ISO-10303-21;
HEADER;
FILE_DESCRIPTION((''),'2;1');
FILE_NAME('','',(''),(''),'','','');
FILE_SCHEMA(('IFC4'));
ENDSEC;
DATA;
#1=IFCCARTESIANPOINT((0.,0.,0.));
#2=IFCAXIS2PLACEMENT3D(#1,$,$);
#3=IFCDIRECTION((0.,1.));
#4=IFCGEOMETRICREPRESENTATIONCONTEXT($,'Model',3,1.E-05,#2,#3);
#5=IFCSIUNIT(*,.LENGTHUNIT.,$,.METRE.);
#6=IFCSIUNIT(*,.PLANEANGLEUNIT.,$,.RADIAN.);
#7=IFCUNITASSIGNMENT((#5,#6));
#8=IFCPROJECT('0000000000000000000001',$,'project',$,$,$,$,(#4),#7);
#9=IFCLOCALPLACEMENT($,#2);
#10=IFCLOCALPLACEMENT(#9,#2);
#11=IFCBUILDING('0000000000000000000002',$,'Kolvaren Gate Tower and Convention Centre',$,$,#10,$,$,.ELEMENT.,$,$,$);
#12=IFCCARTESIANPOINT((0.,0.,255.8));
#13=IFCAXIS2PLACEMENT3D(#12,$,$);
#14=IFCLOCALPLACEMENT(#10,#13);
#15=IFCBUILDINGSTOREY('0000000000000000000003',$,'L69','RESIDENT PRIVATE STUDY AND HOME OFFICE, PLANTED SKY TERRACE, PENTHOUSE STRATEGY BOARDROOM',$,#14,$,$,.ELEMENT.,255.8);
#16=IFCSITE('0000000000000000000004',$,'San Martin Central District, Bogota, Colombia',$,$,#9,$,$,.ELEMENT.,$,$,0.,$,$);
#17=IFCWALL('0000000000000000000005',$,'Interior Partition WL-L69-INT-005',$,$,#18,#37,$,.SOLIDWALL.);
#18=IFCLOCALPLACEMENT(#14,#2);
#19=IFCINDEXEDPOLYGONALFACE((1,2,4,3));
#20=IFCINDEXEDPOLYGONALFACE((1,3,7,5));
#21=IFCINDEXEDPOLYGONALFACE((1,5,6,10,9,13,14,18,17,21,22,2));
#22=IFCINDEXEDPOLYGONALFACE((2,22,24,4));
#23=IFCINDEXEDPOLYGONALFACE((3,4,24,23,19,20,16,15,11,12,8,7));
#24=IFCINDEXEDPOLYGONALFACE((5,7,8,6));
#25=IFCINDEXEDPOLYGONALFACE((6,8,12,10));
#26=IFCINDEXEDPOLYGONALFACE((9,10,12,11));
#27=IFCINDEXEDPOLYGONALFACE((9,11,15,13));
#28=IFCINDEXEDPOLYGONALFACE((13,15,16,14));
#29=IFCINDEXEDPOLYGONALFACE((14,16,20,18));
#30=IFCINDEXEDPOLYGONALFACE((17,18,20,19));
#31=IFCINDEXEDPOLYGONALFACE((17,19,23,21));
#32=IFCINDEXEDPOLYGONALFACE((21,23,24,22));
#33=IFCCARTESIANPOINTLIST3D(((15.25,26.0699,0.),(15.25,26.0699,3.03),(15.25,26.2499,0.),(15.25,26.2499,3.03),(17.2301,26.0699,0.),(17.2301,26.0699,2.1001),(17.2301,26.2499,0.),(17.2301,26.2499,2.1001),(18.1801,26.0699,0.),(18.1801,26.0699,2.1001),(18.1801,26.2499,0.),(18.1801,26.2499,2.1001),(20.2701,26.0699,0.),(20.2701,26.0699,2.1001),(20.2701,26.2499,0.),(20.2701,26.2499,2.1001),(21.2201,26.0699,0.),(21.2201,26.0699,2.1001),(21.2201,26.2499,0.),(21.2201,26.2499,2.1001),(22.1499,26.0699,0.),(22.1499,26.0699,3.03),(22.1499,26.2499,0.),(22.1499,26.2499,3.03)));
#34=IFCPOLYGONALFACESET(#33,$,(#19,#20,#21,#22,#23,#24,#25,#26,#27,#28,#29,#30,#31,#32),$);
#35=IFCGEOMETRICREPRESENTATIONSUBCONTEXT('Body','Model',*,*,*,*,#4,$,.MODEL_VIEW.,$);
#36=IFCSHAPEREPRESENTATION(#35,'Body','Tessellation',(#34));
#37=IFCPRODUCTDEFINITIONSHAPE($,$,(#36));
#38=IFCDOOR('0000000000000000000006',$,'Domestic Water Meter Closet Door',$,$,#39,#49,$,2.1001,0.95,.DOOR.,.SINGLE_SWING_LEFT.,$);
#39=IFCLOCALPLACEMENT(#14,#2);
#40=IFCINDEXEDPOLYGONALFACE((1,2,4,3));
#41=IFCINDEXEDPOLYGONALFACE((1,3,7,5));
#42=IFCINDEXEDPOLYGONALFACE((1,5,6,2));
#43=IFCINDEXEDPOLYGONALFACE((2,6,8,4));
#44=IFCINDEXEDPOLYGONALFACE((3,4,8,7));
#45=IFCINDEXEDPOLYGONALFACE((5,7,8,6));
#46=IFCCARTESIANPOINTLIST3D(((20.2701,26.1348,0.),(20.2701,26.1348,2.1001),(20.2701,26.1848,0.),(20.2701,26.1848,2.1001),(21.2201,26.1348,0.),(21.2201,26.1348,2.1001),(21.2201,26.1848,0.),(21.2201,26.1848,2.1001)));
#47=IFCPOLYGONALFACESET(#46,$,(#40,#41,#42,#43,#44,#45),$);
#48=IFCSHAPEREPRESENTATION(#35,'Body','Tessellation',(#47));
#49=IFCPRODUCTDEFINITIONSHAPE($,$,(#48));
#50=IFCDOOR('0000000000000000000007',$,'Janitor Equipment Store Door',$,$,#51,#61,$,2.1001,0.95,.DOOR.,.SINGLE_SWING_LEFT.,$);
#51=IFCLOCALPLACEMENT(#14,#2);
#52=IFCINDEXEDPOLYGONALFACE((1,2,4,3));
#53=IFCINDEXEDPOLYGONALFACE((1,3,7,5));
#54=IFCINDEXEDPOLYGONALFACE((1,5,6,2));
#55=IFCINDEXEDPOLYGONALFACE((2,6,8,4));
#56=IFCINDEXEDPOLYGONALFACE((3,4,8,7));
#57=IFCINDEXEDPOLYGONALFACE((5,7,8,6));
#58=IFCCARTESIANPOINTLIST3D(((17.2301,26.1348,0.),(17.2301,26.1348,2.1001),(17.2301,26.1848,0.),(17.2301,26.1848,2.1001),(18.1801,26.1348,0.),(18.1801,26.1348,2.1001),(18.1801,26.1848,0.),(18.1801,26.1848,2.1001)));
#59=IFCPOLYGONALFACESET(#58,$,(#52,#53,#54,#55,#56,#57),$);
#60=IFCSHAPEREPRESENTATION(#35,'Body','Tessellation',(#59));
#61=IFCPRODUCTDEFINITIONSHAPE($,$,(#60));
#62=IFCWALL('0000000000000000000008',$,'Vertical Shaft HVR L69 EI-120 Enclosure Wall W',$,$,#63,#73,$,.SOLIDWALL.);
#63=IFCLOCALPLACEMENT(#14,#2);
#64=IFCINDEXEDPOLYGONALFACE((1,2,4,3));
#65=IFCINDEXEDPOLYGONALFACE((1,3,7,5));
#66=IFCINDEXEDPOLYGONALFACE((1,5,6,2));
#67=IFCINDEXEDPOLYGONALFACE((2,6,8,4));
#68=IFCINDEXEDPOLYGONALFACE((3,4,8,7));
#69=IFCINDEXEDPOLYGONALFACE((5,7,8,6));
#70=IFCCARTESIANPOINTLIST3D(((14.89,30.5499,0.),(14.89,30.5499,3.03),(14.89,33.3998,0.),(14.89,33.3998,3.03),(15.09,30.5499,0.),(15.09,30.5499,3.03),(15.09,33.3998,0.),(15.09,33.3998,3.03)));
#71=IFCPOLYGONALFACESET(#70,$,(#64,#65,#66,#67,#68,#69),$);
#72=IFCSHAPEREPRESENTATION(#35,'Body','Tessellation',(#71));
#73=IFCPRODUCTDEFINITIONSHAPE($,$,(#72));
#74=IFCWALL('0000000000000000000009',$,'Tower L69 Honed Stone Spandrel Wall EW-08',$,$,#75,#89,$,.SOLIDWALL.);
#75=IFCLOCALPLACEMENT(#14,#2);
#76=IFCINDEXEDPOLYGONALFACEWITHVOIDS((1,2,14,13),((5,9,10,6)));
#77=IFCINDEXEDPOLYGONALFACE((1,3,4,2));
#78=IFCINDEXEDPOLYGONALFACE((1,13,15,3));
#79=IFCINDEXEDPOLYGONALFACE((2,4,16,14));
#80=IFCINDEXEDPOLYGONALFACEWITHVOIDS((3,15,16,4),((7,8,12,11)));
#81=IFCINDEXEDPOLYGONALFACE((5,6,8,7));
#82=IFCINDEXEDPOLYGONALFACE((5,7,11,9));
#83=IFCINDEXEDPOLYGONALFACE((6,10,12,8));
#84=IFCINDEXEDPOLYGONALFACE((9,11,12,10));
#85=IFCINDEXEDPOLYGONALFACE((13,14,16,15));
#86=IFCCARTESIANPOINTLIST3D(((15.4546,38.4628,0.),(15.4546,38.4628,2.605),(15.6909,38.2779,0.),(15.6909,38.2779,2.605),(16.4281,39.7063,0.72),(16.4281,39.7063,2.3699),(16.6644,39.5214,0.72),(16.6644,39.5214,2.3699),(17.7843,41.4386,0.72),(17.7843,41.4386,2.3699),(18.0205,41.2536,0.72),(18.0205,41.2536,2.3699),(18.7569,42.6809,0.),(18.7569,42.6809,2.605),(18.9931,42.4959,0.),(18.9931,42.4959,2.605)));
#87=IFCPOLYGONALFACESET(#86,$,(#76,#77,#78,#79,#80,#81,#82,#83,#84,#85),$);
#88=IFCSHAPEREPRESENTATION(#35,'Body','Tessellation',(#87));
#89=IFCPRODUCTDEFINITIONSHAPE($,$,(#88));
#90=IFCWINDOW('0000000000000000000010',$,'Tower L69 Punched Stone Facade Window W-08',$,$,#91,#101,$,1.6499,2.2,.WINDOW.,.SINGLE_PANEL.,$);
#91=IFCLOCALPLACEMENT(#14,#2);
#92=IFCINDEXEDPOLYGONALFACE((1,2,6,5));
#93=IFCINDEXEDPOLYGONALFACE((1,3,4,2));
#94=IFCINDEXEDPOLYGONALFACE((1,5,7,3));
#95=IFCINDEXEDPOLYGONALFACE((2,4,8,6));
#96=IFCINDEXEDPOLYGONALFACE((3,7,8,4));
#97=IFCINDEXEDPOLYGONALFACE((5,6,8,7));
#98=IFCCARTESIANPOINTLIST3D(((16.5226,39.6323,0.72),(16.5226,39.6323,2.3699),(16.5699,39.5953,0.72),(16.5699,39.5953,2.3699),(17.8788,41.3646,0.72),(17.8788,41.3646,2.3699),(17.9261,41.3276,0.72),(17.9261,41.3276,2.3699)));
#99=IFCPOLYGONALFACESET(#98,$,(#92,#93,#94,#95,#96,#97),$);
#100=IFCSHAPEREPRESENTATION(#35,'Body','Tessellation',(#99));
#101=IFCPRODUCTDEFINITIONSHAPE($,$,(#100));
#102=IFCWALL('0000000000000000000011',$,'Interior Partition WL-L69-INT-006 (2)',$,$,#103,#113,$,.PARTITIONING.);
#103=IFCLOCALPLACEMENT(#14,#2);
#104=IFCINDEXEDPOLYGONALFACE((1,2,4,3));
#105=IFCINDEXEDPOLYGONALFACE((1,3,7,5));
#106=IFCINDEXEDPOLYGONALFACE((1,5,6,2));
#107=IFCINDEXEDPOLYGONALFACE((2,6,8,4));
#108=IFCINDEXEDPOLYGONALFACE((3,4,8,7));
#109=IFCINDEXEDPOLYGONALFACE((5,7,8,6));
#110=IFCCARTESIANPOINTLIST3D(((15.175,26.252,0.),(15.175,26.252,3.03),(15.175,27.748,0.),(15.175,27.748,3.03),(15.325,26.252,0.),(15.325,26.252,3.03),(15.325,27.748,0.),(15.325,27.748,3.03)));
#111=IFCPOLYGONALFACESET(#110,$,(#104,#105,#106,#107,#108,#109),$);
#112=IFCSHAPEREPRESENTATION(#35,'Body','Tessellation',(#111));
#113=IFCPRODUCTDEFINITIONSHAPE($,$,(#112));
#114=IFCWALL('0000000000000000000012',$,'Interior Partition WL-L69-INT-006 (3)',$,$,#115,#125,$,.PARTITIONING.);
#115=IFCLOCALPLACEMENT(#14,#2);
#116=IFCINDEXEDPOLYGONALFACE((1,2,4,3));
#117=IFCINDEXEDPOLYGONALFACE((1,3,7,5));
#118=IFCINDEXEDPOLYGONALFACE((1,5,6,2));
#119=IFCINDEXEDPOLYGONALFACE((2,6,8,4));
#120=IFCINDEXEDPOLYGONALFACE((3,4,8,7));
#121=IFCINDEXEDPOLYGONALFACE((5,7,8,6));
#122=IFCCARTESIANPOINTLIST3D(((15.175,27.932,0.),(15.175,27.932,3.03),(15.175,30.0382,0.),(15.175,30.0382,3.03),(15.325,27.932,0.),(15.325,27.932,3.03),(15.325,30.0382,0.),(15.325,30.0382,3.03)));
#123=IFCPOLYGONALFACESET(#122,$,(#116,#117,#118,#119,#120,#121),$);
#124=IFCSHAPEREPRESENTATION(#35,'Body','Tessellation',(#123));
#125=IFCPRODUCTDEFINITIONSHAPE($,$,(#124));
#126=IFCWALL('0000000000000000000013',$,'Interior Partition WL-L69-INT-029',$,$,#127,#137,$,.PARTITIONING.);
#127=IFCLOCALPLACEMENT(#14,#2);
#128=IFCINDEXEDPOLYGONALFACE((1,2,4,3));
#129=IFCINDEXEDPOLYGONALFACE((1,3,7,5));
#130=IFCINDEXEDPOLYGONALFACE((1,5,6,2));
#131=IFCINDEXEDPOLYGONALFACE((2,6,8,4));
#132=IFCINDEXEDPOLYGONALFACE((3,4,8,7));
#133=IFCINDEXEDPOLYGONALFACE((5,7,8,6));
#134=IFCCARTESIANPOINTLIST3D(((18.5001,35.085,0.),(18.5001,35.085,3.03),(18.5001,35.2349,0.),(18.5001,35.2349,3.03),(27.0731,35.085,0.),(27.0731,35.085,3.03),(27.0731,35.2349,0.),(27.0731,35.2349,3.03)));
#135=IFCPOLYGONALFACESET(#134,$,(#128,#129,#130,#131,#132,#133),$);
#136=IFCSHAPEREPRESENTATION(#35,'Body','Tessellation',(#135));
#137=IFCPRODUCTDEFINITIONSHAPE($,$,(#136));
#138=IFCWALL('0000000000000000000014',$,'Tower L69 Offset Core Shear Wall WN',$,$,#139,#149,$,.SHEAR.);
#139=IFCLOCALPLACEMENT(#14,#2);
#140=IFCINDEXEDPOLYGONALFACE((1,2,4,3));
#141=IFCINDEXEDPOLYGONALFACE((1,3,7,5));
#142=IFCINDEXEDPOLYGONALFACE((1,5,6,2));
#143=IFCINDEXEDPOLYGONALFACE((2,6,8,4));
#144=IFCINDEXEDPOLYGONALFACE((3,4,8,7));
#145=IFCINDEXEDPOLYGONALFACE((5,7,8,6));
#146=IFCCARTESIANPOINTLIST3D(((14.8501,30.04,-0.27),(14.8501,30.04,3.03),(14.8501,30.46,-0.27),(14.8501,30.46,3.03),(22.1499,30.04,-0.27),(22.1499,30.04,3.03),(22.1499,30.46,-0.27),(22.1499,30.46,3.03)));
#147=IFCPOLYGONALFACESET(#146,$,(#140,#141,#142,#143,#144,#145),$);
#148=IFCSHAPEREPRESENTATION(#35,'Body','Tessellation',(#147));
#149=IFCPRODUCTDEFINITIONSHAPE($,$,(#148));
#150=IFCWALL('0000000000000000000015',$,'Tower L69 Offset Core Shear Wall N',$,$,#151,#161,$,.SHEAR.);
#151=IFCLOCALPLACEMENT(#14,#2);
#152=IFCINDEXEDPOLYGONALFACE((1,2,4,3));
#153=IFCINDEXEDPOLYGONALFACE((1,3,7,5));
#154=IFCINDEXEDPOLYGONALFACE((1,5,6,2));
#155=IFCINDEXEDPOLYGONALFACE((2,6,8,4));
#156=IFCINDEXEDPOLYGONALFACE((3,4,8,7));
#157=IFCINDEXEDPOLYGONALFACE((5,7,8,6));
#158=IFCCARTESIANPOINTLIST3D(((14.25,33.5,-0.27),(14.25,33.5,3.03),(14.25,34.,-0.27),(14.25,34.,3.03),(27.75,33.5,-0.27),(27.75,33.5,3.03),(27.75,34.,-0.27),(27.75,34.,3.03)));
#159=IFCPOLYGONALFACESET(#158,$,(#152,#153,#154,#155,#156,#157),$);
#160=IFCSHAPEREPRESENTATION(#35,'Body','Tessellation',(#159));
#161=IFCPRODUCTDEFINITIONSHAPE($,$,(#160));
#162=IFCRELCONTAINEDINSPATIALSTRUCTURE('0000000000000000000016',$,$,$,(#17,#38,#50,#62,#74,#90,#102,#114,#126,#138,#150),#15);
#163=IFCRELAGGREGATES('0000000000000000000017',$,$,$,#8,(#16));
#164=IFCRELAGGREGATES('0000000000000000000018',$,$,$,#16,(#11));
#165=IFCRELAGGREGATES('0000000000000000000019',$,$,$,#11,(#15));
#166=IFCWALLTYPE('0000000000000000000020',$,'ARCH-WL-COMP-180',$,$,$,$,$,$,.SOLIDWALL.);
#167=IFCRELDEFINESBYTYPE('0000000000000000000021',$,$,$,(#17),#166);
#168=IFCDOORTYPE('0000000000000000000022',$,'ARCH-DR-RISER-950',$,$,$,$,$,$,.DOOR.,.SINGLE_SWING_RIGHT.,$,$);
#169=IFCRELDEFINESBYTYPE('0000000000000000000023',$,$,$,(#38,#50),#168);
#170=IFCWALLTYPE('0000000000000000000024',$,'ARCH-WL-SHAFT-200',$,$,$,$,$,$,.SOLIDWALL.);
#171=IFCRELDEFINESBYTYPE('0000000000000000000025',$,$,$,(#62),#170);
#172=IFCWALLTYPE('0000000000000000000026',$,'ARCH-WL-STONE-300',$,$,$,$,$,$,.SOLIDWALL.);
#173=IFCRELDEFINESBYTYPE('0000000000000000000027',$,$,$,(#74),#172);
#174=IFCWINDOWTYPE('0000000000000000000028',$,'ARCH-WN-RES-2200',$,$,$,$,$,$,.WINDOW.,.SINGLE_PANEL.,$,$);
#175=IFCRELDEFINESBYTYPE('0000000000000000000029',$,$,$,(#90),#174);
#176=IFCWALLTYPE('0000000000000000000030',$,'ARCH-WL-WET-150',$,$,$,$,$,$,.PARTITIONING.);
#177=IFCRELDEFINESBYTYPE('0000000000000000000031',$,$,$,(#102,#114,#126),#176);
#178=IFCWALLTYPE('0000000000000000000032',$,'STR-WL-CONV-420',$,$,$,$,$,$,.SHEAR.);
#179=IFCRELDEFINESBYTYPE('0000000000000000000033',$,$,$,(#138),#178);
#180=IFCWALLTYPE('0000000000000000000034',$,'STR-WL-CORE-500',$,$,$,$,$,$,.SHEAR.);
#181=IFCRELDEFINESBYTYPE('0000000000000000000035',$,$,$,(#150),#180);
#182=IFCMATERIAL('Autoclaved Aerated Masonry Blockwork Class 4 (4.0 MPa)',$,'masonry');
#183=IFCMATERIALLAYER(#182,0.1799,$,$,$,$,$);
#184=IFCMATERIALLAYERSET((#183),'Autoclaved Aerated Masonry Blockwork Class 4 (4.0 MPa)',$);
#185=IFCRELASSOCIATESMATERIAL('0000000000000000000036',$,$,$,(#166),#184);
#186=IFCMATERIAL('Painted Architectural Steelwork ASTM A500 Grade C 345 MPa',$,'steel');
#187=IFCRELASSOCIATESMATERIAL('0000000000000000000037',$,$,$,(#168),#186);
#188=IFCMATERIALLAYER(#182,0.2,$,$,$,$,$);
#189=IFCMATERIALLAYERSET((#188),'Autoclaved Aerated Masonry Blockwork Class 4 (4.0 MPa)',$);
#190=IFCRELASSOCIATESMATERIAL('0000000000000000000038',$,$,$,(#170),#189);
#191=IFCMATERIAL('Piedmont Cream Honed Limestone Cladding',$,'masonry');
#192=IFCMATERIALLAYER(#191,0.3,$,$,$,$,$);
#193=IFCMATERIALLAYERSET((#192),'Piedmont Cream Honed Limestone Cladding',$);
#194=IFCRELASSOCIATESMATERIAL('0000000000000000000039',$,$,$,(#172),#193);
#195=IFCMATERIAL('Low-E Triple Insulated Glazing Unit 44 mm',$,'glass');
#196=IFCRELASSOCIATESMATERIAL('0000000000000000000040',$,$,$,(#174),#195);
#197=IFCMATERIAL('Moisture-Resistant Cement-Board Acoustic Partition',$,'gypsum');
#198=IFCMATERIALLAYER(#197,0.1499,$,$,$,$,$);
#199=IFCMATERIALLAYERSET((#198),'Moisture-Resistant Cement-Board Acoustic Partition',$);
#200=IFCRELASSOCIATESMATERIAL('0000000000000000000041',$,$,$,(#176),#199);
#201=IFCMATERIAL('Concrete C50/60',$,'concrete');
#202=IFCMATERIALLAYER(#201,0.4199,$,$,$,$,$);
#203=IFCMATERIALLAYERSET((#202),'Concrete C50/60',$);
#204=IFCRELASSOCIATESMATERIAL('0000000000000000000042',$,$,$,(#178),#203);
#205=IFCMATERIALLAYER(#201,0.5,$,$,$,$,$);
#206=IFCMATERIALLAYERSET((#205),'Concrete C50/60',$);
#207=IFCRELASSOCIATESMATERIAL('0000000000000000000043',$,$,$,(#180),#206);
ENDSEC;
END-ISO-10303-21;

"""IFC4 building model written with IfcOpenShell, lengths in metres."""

from ifc_helpers import new_model, si_unit, direction, frame, frame_2d, origin, place, context, subcontext, project, spatial, rectangle, extrude, material, layer, layer_set, type_object, element, fill, save


model = new_model("IFC4")

# Units and contexts
model_context = context("Model", 3, precision=1e-05, world=origin(), true_north=direction((0.0, 1.0)))
body_context = subcontext(model_context, "Body", "Model", "MODEL_VIEW")
ifc_project = project(units=[si_unit("LENGTHUNIT", "METRE"), si_unit("PLANEANGLEUNIT", "RADIAN")], contexts=[model_context])

# Site, building, storey
site_placement = place(None, origin())
site = spatial("IfcSite", under=ifc_project, at=site_placement, Name="San Martin Central District, Bogota, Colombia", CompositionType="ELEMENT", RefElevation=0.0)
building_placement = place(site_placement, origin())
building = spatial("IfcBuilding", under=site, at=building_placement, Name="Kolvaren Gate Tower and Convention Centre", CompositionType="ELEMENT")
storey_placement = place(building_placement, frame((0.0, 0.0, 255.8)))
storey = spatial("IfcBuildingStorey", under=building, at=storey_placement, Name="L69", Description="RESIDENT PRIVATE STUDY AND HOME OFFICE, PLANTED SKY TERRACE, PENTHOUSE STRATEGY BOARDROOM", CompositionType="ELEMENT", Elevation=255.8)

# Wall, openings, doors
ifc_material_1 = material(Name="Autoclaved Aerated Masonry Blockwork Class 4 (4.0 MPa)", Category="masonry")
ifc_layer_1 = layer(ifc_material_1, 0.1799)
ifc_layer_set_1 = layer_set([ifc_layer_1], Name="Autoclaved Aerated Masonry Blockwork Class 4 (4.0 MPa)")
wall_type_1 = type_object("IfcWallType", Name="ARCH-WL-COMP-180", PredefinedType="SOLIDWALL", material=ifc_layer_set_1)
ifc_material_2 = material(Name="Painted Architectural Steelwork ASTM A500 Grade C 345 MPa", Category="steel")
door_type = type_object("IfcDoorType", Name="ARCH-DR-RISER-950", OperationType="SINGLE_SWING_RIGHT", PredefinedType="DOOR", material=ifc_material_2)
wall_1_placement = place(storey_placement, frame((15.25, 26.1599, 0.0), z_axis=(0.0, 0.0, 1.0), x_axis=(1.0, 0.0, 0.0)))
wall_1 = element("IfcWall", 1, at=wall_1_placement, inside=storey, type_object=wall_type_1, Name="Interior Partition WL-L69-INT-005", PredefinedType="SOLIDWALL", context=body_context, shape_type="SweptSolid", body=[
    extrude(rectangle(XDim=6.8999, YDim=0.1799, at=frame_2d((3.45, 0.0))), origin(), (0.0, 0.0, 1.0), 3.03),
])
opening_1_placement = place(wall_1_placement, frame((5.02, 0.0, 0.0)))
opening_1 = element("IfcOpeningElement", 2, at=opening_1_placement, cuts=wall_1, PredefinedType="OPENING", context=body_context, shape_type="SweptSolid", body=[
    extrude(rectangle(XDim=0.95, YDim=2.1001, at=frame_2d((0.4751, 1.05))), frame((0.0, 0.0999, 0.0), z_axis=(0.0, -1.0, 0.0), x_axis=(1.0, 0.0, 0.0)), (0.0, 0.0, 1.0), 0.2),
])
opening_2_placement = place(wall_1_placement, frame((1.98, 0.0, 0.0)))
opening_2 = element("IfcOpeningElement", 3, at=opening_2_placement, cuts=wall_1, PredefinedType="OPENING", context=body_context, shape_type="SweptSolid", body=[
    extrude(rectangle(XDim=0.95, YDim=2.1001, at=frame_2d((0.4751, 1.05))), frame((0.0, 0.0999, 0.0), z_axis=(0.0, -1.0, 0.0), x_axis=(1.0, 0.0, 0.0)), (0.0, 0.0, 1.0), 0.2),
])
door_1_placement = place(opening_1_placement, origin())
door_1 = element("IfcDoor", 4, at=door_1_placement, inside=storey, type_object=door_type, Name="Domestic Water Meter Closet Door", OperationType="SINGLE_SWING_LEFT", OverallHeight=2.1001, OverallWidth=0.95, PredefinedType="DOOR", context=body_context, shape_type="SweptSolid", body=[
    extrude(rectangle(XDim=0.95, YDim=2.1001, at=frame_2d((0.4751, 1.05))), frame((0.0, 0.0249, 0.0), z_axis=(0.0, -1.0, 0.0), x_axis=(1.0, 0.0, 0.0)), (0.0, 0.0, 1.0), 0.05),
])
fill(opening_1, door_1)
door_2_placement = place(opening_2_placement, origin())
door_2 = element("IfcDoor", 5, at=door_2_placement, inside=storey, type_object=door_type, Name="Janitor Equipment Store Door", OperationType="SINGLE_SWING_LEFT", OverallHeight=2.1001, OverallWidth=0.95, PredefinedType="DOOR", context=body_context, shape_type="SweptSolid", body=[
    extrude(rectangle(XDim=0.95, YDim=2.1001, at=frame_2d((0.4751, 1.05))), frame((0.0, 0.0249, 0.0), z_axis=(0.0, -1.0, 0.0), x_axis=(1.0, 0.0, 0.0)), (0.0, 0.0, 1.0), 0.05),
])
fill(opening_2, door_2)

# Wall
ifc_layer_2 = layer(ifc_material_1, 0.2)
ifc_layer_set_2 = layer_set([ifc_layer_2], Name="Autoclaved Aerated Masonry Blockwork Class 4 (4.0 MPa)")
wall_type_2 = type_object("IfcWallType", Name="ARCH-WL-SHAFT-200", PredefinedType="SOLIDWALL", material=ifc_layer_set_2)
wall_2_placement = place(storey_placement, frame((14.99, 30.55, 0.0), z_axis=(0.0, 0.0, 1.0), x_axis=(0.0, 1.0, 0.0)))
element("IfcWall", 6, at=wall_2_placement, inside=storey, type_object=wall_type_2, Name="Vertical Shaft HVR L69 EI-120 Enclosure Wall W", PredefinedType="SOLIDWALL", context=body_context, shape_type="SweptSolid", body=[
    extrude(rectangle(XDim=2.8499, YDim=0.2, at=frame_2d((1.4248, 0.0))), origin(), (0.0, 0.0, 1.0), 3.03),
])

# Wall, opening, window
ifc_material_3 = material(Name="Piedmont Cream Honed Limestone Cladding", Category="masonry")
ifc_layer_3 = layer(ifc_material_3, 0.3)
ifc_layer_set_3 = layer_set([ifc_layer_3], Name="Piedmont Cream Honed Limestone Cladding")
wall_type_3 = type_object("IfcWallType", Name="ARCH-WL-STONE-300", PredefinedType="SOLIDWALL", material=ifc_layer_set_3)
wall_3_placement = place(storey_placement, frame((15.5728, 38.3704, 0.0), z_axis=(0.0, 0.0, 1.0), x_axis=(0.616446, 0.787397, 0.0)))
wall_3 = element("IfcWall", 7, at=wall_3_placement, inside=storey, type_object=wall_type_3, Name="Tower L69 Honed Stone Spandrel Wall EW-08", PredefinedType="SOLIDWALL", context=body_context, shape_type="SweptSolid", body=[
    extrude(rectangle(XDim=5.3569, YDim=0.3, at=frame_2d((2.6785, 0.0))), origin(), (0.0, 0.0, 1.0), 2.605),
])
opening_3_placement = place(wall_3_placement, frame((1.5791, 0.0, 0.72)))
opening_3 = element("IfcOpeningElement", 8, at=opening_3_placement, cuts=wall_3, PredefinedType="OPENING", context=body_context, shape_type="SweptSolid", body=[
    extrude(rectangle(XDim=2.2, YDim=1.6499, at=frame_2d((1.1001, 0.825))), frame((0.0, 0.1599, 0.0), z_axis=(0.0, -1.0, 0.0), x_axis=(1.0, 0.0, 0.0)), (0.0, 0.0, 1.0), 0.3201),
])
ifc_material_4 = material(Name="Low-E Triple Insulated Glazing Unit 44 mm", Category="glass")
window_type = type_object("IfcWindowType", Name="ARCH-WN-RES-2200", PartitioningType="SINGLE_PANEL", PredefinedType="WINDOW", material=ifc_material_4)
window_placement = place(opening_3_placement, origin())
window = element("IfcWindow", 9, at=window_placement, inside=storey, type_object=window_type, Name="Tower L69 Punched Stone Facade Window W-08", OverallHeight=1.6499, OverallWidth=2.2, PartitioningType="SINGLE_PANEL", PredefinedType="WINDOW", context=body_context, shape_type="SweptSolid", body=[
    extrude(rectangle(XDim=2.2, YDim=1.6499, at=frame_2d((1.1001, 0.825))), frame((0.0, 0.03, 0.0), z_axis=(0.0, -1.0, 0.0), x_axis=(1.0, 0.0, 0.0)), (0.0, 0.0, 1.0), 0.0601),
])
fill(opening_3, window)

# Walls
ifc_material_5 = material(Name="Moisture-Resistant Cement-Board Acoustic Partition", Category="gypsum")
ifc_layer_4 = layer(ifc_material_5, 0.1499)
ifc_layer_set_4 = layer_set([ifc_layer_4], Name="Moisture-Resistant Cement-Board Acoustic Partition")
wall_type_4 = type_object("IfcWallType", Name="ARCH-WL-WET-150", PredefinedType="PARTITIONING", material=ifc_layer_set_4)
wall_4_placement = place(storey_placement, frame((15.25, 26.252, 0.0), z_axis=(0.0, 0.0, 1.0), x_axis=(0.0, 1.0, 0.0)))
element("IfcWall", 10, at=wall_4_placement, inside=storey, type_object=wall_type_4, Name="Interior Partition WL-L69-INT-006 (2)", PredefinedType="PARTITIONING", context=body_context, shape_type="SweptSolid", body=[
    extrude(rectangle(XDim=1.4961, YDim=0.1499, at=frame_2d((0.748, 0.0))), origin(), (0.0, 0.0, 1.0), 3.03),
])
wall_5_placement = place(storey_placement, frame((15.25, 27.9319, 0.0), z_axis=(0.0, 0.0, 1.0), x_axis=(0.0, 1.0, 0.0)))
element("IfcWall", 11, at=wall_5_placement, inside=storey, type_object=wall_type_4, Name="Interior Partition WL-L69-INT-006 (3)", PredefinedType="PARTITIONING", context=body_context, shape_type="SweptSolid", body=[
    extrude(rectangle(XDim=2.1062, YDim=0.1499, at=frame_2d((1.0532, 0.0))), origin(), (0.0, 0.0, 1.0), 3.03),
])
wall_6_placement = place(storey_placement, frame((18.5, 35.1599, 0.0), z_axis=(0.0, 0.0, 1.0), x_axis=(1.0, 0.0, 0.0)))
element("IfcWall", 12, at=wall_6_placement, inside=storey, type_object=wall_type_4, Name="Interior Partition WL-L69-INT-029", PredefinedType="PARTITIONING", context=body_context, shape_type="SweptSolid", body=[
    extrude(rectangle(XDim=8.573, YDim=0.1499, at=frame_2d((4.2866, 0.0))), origin(), (0.0, 0.0, 1.0), 3.03),
])
ifc_material_6 = material(Name="Concrete C50/60", Category="concrete")
ifc_layer_5 = layer(ifc_material_6, 0.4199)
ifc_layer_set_5 = layer_set([ifc_layer_5], Name="Concrete C50/60")
wall_type_5 = type_object("IfcWallType", Name="STR-WL-CONV-420", PredefinedType="SHEAR", material=ifc_layer_set_5)
wall_7_placement = place(storey_placement, frame((14.8501, 30.25, -0.27), z_axis=(0.0, 0.0, 1.0), x_axis=(1.0, 0.0, 0.0)))
element("IfcWall", 13, at=wall_7_placement, inside=storey, type_object=wall_type_5, Name="Tower L69 Offset Core Shear Wall WN", PredefinedType="SHEAR", context=body_context, shape_type="SweptSolid", body=[
    extrude(rectangle(XDim=7.2998, YDim=0.4199, at=frame_2d((3.6499, 0.0))), origin(), (0.0, 0.0, 1.0), 3.3),
])
ifc_layer_6 = layer(ifc_material_6, 0.5)
ifc_layer_set_6 = layer_set([ifc_layer_6], Name="Concrete C50/60")
wall_type_6 = type_object("IfcWallType", Name="STR-WL-CORE-500", PredefinedType="SHEAR", material=ifc_layer_set_6)
wall_8_placement = place(storey_placement, frame((14.25, 33.75, -0.27), z_axis=(0.0, 0.0, 1.0), x_axis=(1.0, 0.0, 0.0)))
element("IfcWall", 14, at=wall_8_placement, inside=storey, type_object=wall_type_6, Name="Tower L69 Offset Core Shear Wall N", PredefinedType="SHEAR", context=body_context, shape_type="SweptSolid", body=[
    extrude(rectangle(XDim=13.5, YDim=0.5, at=frame_2d((6.75, 0.0))), origin(), (0.0, 0.0, 1.0), 3.3),
])

save(model, "model.ifc")
